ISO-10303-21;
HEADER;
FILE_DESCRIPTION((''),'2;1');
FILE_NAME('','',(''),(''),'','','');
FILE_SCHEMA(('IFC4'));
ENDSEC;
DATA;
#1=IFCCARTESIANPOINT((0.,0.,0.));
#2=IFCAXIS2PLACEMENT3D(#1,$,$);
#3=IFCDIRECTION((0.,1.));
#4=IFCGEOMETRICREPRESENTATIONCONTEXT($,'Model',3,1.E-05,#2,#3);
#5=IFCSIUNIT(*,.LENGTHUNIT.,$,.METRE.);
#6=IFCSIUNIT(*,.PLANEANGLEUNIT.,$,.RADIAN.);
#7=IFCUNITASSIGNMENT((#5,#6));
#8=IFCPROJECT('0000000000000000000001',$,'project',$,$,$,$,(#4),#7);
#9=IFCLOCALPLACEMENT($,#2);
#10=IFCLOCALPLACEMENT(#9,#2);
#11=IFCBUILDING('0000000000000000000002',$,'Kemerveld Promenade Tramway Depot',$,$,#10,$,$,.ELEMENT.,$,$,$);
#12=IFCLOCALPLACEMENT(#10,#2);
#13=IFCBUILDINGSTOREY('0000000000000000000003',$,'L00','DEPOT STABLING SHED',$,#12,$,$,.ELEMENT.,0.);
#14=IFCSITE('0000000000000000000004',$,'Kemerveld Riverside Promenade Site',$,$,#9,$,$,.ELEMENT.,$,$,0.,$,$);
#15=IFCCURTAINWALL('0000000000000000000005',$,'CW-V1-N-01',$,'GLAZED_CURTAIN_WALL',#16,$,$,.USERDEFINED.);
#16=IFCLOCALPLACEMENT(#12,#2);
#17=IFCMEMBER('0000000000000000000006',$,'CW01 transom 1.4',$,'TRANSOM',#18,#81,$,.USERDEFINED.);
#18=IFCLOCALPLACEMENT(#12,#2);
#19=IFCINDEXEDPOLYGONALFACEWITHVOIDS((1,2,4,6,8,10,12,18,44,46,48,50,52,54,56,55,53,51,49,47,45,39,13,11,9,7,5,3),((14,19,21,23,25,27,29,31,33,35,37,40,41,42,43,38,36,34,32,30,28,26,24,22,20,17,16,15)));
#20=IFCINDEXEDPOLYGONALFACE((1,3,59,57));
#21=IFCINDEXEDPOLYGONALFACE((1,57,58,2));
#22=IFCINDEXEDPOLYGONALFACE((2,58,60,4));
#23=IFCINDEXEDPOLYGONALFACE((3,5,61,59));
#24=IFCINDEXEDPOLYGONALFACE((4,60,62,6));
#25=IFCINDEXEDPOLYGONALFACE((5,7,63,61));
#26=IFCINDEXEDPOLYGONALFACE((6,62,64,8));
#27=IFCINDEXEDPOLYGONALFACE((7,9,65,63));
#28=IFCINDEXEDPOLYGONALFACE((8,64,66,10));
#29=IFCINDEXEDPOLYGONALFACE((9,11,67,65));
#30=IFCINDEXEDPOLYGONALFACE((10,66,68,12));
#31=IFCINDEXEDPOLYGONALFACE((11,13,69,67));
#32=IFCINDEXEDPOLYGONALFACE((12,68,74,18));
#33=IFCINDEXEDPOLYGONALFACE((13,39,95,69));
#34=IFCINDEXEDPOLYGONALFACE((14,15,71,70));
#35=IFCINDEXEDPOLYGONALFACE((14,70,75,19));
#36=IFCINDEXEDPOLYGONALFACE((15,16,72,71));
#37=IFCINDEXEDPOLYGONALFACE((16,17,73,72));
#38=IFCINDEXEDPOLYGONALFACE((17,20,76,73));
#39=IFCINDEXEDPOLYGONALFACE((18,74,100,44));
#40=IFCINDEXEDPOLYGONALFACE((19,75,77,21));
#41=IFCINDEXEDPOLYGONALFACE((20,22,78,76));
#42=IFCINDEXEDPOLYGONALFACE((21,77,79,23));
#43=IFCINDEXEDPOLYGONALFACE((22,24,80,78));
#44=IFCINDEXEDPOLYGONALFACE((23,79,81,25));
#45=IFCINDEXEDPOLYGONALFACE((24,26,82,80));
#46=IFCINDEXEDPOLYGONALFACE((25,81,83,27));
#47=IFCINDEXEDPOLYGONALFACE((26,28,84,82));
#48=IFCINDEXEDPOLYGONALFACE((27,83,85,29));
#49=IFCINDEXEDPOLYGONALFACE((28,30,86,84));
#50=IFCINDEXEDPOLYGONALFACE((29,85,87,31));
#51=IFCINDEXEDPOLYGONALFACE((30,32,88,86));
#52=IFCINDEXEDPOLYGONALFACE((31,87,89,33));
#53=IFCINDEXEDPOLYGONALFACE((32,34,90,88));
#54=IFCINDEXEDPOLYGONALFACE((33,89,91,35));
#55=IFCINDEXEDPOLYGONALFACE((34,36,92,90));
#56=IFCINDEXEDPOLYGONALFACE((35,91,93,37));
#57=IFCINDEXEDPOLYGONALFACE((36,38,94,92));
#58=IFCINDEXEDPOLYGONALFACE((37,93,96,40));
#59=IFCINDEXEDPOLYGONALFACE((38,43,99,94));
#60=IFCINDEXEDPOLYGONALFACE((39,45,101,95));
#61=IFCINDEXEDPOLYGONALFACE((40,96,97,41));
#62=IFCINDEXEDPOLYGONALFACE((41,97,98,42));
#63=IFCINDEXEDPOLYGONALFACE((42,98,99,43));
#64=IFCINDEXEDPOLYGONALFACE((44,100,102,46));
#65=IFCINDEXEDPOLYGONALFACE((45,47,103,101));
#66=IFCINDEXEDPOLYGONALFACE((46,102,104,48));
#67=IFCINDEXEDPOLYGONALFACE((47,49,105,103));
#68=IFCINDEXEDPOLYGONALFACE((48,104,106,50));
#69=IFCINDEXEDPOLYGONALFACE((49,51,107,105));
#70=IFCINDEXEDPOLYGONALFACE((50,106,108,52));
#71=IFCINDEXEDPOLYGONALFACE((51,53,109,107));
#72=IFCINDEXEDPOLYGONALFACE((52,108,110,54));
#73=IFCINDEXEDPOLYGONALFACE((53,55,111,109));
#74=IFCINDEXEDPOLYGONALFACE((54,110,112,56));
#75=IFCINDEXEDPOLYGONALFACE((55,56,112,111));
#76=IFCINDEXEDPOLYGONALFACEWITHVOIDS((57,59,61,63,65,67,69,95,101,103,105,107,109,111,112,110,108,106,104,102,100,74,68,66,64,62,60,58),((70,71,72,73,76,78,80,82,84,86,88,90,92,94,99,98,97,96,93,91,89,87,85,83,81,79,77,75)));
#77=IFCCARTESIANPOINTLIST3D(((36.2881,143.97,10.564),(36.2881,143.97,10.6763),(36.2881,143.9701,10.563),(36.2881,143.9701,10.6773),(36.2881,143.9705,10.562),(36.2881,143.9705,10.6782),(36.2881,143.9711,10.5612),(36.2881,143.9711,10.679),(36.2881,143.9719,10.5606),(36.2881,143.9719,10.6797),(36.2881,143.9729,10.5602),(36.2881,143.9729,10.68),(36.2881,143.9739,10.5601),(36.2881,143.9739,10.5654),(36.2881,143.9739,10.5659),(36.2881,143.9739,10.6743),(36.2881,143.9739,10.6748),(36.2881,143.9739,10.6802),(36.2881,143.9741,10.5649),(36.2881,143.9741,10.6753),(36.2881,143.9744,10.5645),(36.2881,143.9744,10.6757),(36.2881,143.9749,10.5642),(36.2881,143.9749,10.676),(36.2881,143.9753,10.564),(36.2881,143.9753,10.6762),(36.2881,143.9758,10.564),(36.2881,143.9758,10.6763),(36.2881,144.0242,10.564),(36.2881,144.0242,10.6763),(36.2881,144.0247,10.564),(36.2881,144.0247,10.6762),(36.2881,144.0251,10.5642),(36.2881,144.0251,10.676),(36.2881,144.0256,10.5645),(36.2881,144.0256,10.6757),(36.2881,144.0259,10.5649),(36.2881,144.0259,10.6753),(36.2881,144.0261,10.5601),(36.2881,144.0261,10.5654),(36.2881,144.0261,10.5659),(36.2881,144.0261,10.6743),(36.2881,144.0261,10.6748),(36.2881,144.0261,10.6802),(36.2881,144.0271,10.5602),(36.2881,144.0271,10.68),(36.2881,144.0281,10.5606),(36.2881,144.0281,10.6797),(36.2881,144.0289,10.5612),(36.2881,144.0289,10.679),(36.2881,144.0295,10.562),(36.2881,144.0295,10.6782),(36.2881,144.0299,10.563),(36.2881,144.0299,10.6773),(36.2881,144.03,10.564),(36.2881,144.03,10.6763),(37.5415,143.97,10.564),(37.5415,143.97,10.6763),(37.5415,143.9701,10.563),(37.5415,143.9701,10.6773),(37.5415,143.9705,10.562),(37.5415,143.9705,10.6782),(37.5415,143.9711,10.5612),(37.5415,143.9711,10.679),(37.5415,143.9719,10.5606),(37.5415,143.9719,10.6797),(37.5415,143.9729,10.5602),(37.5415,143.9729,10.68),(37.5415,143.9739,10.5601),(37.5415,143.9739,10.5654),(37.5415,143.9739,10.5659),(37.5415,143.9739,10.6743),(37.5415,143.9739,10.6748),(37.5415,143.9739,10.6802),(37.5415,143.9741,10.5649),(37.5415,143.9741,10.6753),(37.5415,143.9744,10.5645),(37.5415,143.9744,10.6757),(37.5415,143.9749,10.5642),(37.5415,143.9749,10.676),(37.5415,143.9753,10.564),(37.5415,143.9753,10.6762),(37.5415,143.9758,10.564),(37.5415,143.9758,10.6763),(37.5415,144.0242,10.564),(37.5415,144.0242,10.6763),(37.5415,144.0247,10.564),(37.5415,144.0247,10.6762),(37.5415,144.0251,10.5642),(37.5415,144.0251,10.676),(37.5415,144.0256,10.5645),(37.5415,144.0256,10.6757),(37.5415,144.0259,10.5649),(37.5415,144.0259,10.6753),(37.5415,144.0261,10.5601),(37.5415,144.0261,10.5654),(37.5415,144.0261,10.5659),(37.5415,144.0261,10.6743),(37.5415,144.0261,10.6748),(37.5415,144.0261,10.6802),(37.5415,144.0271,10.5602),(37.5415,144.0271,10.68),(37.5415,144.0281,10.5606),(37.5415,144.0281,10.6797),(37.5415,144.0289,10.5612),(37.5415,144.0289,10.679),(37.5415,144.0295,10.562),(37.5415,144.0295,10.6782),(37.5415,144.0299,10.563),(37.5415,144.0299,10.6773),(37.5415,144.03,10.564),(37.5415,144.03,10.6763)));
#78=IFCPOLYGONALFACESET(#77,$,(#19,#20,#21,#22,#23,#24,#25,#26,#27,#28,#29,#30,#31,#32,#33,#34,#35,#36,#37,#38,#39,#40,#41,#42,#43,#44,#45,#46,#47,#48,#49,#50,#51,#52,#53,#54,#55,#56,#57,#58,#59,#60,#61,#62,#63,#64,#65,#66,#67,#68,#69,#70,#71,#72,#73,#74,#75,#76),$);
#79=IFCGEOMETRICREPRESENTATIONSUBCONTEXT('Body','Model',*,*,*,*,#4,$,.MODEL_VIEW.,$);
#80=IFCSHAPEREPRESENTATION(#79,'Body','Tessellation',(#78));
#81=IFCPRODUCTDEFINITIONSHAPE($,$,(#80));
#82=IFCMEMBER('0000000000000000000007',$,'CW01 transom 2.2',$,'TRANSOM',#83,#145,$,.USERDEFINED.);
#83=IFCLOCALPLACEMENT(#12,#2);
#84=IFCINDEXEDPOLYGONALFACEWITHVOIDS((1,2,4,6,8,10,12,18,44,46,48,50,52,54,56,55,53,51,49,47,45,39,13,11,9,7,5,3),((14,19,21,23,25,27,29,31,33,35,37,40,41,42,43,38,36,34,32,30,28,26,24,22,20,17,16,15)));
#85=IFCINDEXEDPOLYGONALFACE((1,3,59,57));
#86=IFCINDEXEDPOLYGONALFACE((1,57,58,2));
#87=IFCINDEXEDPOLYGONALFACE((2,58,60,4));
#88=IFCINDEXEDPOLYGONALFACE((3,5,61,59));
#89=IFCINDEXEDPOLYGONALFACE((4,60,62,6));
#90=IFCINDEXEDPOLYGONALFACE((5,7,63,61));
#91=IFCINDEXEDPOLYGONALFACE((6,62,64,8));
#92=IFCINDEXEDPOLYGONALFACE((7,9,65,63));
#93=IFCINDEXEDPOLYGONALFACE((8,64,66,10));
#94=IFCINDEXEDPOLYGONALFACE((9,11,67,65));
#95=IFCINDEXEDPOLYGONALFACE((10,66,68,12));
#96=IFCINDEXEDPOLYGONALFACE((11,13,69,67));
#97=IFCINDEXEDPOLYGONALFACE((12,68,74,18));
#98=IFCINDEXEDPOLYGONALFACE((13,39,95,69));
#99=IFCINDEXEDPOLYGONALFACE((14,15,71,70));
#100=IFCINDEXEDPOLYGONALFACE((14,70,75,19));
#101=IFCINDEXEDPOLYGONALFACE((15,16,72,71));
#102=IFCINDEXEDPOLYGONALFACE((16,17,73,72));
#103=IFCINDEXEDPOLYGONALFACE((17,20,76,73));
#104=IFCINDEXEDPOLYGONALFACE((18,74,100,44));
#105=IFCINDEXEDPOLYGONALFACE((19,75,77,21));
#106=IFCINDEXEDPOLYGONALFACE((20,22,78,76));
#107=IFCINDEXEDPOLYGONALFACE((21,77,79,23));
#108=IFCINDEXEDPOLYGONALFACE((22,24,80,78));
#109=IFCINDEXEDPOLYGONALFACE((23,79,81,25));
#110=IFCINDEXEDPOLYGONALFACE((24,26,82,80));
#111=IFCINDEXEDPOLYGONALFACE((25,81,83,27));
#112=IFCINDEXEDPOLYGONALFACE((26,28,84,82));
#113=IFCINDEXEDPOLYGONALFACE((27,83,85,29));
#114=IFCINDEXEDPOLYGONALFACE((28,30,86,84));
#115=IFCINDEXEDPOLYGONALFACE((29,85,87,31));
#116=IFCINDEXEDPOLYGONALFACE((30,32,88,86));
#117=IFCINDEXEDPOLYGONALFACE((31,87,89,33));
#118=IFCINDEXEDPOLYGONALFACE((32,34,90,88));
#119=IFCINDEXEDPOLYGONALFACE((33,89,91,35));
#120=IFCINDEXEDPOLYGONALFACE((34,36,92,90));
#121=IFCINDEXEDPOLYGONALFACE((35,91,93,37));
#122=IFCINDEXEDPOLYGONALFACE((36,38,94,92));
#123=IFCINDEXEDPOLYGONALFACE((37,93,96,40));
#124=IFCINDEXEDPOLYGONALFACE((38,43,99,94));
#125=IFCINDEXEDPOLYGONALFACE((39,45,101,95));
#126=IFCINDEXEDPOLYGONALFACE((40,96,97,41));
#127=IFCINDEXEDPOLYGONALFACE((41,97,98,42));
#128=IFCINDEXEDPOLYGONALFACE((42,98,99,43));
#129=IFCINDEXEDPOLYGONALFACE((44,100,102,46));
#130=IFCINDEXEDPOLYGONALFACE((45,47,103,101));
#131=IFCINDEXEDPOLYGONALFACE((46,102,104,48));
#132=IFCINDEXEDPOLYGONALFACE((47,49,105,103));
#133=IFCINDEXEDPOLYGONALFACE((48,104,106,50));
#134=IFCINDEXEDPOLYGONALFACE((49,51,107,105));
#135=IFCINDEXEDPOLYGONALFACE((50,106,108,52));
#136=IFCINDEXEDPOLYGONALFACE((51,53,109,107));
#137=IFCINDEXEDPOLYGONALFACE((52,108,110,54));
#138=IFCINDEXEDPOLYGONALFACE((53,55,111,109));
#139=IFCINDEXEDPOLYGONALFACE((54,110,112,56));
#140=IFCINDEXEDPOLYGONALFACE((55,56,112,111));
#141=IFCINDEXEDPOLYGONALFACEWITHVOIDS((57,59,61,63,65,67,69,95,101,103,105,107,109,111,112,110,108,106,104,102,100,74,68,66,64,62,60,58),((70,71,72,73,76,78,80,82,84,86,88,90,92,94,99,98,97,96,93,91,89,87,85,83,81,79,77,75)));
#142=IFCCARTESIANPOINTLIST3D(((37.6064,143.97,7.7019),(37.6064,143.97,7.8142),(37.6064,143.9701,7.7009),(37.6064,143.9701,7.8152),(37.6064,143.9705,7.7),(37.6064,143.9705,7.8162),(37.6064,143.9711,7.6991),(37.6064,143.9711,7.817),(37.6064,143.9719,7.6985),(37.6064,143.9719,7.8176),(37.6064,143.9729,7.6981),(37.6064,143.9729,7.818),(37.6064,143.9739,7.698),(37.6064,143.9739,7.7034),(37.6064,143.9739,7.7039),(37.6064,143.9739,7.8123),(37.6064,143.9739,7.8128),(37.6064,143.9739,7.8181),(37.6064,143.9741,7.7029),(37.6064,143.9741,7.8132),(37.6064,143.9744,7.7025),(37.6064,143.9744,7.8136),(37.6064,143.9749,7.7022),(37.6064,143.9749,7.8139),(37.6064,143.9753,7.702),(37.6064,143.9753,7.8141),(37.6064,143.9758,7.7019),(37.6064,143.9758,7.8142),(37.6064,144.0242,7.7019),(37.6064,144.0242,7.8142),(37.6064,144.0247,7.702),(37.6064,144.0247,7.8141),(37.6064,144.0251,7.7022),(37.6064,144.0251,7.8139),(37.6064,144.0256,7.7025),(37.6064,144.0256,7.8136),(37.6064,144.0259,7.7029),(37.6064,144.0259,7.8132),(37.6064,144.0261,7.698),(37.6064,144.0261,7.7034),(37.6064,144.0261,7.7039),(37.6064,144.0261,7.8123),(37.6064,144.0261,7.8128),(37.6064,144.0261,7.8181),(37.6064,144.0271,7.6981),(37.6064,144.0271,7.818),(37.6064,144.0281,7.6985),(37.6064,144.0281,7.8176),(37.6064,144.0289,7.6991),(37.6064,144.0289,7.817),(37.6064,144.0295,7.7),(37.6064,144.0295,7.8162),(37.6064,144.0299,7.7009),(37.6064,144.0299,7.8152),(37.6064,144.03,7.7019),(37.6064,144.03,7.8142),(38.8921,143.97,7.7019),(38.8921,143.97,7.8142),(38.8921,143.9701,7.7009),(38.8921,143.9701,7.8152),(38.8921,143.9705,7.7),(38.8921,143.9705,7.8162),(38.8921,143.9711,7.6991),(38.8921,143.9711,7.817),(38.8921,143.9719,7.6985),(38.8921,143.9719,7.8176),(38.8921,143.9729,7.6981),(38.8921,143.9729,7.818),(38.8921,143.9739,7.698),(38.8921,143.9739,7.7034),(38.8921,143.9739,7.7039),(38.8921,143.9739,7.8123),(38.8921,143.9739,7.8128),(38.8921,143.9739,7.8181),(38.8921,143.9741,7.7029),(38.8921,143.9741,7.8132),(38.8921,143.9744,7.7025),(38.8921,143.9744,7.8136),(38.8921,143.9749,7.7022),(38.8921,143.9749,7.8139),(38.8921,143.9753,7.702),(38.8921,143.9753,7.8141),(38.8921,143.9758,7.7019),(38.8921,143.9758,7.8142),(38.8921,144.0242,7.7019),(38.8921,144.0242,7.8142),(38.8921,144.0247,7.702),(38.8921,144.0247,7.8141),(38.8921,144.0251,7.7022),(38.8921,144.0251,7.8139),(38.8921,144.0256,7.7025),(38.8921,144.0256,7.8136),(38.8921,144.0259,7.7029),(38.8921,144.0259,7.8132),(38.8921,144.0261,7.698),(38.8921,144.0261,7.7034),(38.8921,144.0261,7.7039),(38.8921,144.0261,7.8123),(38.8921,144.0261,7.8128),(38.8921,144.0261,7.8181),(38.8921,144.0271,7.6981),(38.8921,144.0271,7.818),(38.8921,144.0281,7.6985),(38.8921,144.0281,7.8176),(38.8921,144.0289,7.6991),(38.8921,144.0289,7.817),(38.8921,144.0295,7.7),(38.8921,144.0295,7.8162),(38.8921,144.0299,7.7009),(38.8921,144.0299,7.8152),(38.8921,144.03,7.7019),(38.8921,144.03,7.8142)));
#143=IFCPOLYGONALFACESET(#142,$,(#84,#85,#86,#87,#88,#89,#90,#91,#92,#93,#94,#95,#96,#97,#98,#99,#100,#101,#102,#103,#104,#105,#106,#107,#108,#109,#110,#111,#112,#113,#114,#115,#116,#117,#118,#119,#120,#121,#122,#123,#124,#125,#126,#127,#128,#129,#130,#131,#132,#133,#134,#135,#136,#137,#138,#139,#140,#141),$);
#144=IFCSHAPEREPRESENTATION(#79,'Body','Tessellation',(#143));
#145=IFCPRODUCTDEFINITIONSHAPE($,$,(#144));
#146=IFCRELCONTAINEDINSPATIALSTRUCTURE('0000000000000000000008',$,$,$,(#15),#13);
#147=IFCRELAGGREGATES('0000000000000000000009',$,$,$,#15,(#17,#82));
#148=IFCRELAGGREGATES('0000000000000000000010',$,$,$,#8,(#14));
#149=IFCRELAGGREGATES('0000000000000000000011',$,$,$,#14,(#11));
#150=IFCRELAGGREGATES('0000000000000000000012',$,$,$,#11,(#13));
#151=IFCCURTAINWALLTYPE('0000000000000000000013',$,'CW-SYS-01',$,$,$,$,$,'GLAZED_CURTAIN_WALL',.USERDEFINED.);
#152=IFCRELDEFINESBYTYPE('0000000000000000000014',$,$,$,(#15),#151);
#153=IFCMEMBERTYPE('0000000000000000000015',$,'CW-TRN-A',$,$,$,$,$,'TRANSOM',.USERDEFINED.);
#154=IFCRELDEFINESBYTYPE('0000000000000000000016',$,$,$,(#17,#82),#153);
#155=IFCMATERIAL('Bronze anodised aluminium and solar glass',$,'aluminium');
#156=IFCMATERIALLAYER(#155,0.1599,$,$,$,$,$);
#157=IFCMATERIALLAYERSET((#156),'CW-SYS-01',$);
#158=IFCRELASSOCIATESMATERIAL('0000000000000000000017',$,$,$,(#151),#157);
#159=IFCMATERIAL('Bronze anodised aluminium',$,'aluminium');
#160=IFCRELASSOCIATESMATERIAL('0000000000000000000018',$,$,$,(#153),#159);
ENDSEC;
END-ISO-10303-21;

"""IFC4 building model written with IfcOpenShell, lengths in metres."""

from ifc_helpers import new_model, si_unit, direction, frame, origin, origin_2d, place, context, subcontext, project, spatial, hollow_rectangle, extrude, material, layer, layer_set, material_profile, profile_set, type_object, element, aggregate, save


model = new_model("IFC4")

# Units and contexts
model_context = context("Model", 3, precision=1e-05, world=origin(), true_north=direction((0.0, 1.0)))
body_context = subcontext(model_context, "Body", "Model", "MODEL_VIEW")
ifc_project = project(units=[si_unit("LENGTHUNIT", "METRE"), si_unit("PLANEANGLEUNIT", "RADIAN")], contexts=[model_context])

# Site, building, storey
site_placement = place(None, origin())
site = spatial("IfcSite", under=ifc_project, at=site_placement, Name="Kemerveld Riverside Promenade Site", CompositionType="ELEMENT", RefElevation=0.0)
building_placement = place(site_placement, origin())
building = spatial("IfcBuilding", under=site, at=building_placement, Name="Kemerveld Promenade Tramway Depot", CompositionType="ELEMENT")
storey_placement = place(building_placement, origin())
storey = spatial("IfcBuildingStorey", under=building, at=storey_placement, Name="L00", Description="DEPOT STABLING SHED", CompositionType="ELEMENT", Elevation=0.0)

# Curtain wall, members
ifc_material_1 = material(Name="Bronze anodised aluminium and solar glass", Category="aluminium")
ifc_layer_1 = layer(ifc_material_1, 0.1599)
ifc_layer_set_1 = layer_set([ifc_layer_1], Name="CW-SYS-01")
curtain_wall_type_1 = type_object("IfcCurtainWallType", Name="CW-SYS-01", ElementType="GLAZED_CURTAIN_WALL", PredefinedType="USERDEFINED", material=ifc_layer_set_1)
curtain_wall_1_placement = place(storey_placement, origin())
curtain_wall_1 = element("IfcCurtainWall", 1, at=curtain_wall_1_placement, inside=storey, type_object=curtain_wall_type_1, Name="CW-V1-N-01", ObjectType="GLAZED_CURTAIN_WALL", PredefinedType="USERDEFINED")
ifc_material_2 = material(Name="Bronze anodised aluminium", Category="aluminium")
ifc_material_profile_1 = material_profile(ifc_material_2, hollow_rectangle(XDim=0.0601, YDim=0.1201, WallThickness=0.0039, InnerFilletRadius=0.002, OuterFilletRadius=0.0039, at=origin_2d()), Name="CW-TRN-120x60")
ifc_profile_set_1 = profile_set([ifc_material_profile_1], Name="Bronze anodised aluminium")
member_type_1 = type_object("IfcMemberType", Name="CW-TRN-A", ElementType="TRANSOM", PredefinedType="USERDEFINED", material=ifc_profile_set_1)
member_1_placement = place(storey_placement, frame((36.2881, 144.0, 10.6201), z_axis=(1.0, 0.0, 0.0), x_axis=(0.0, 1.0, 0.0)))
member_1 = element("IfcMember", 2, at=member_1_placement, type_object=member_type_1, Name="CW01 transom 1.4", ObjectType="TRANSOM", PredefinedType="USERDEFINED", context=body_context, shape_type="SweptSolid", body=[
    extrude(hollow_rectangle(XDim=0.0601, YDim=0.1201, WallThickness=0.0039, InnerFilletRadius=0.002, OuterFilletRadius=0.0039, at=origin_2d()), origin(), (0.0, 0.0, 1.0), 1.2534),
])
member_2_placement = place(storey_placement, frame((37.6064, 144.0, 7.7581), z_axis=(1.0, 0.0, 0.0), x_axis=(0.0, 1.0, 0.0)))
member_2 = element("IfcMember", 3, at=member_2_placement, type_object=member_type_1, Name="CW01 transom 2.2", ObjectType="TRANSOM", PredefinedType="USERDEFINED", context=body_context, shape_type="SweptSolid", body=[
    extrude(hollow_rectangle(XDim=0.0601, YDim=0.1201, WallThickness=0.0039, InnerFilletRadius=0.002, OuterFilletRadius=0.0039, at=origin_2d()), origin(), (0.0, 0.0, 1.0), 1.2856),
])

aggregate(curtain_wall_1, [member_1, member_2])

save(model, "model.ifc")
